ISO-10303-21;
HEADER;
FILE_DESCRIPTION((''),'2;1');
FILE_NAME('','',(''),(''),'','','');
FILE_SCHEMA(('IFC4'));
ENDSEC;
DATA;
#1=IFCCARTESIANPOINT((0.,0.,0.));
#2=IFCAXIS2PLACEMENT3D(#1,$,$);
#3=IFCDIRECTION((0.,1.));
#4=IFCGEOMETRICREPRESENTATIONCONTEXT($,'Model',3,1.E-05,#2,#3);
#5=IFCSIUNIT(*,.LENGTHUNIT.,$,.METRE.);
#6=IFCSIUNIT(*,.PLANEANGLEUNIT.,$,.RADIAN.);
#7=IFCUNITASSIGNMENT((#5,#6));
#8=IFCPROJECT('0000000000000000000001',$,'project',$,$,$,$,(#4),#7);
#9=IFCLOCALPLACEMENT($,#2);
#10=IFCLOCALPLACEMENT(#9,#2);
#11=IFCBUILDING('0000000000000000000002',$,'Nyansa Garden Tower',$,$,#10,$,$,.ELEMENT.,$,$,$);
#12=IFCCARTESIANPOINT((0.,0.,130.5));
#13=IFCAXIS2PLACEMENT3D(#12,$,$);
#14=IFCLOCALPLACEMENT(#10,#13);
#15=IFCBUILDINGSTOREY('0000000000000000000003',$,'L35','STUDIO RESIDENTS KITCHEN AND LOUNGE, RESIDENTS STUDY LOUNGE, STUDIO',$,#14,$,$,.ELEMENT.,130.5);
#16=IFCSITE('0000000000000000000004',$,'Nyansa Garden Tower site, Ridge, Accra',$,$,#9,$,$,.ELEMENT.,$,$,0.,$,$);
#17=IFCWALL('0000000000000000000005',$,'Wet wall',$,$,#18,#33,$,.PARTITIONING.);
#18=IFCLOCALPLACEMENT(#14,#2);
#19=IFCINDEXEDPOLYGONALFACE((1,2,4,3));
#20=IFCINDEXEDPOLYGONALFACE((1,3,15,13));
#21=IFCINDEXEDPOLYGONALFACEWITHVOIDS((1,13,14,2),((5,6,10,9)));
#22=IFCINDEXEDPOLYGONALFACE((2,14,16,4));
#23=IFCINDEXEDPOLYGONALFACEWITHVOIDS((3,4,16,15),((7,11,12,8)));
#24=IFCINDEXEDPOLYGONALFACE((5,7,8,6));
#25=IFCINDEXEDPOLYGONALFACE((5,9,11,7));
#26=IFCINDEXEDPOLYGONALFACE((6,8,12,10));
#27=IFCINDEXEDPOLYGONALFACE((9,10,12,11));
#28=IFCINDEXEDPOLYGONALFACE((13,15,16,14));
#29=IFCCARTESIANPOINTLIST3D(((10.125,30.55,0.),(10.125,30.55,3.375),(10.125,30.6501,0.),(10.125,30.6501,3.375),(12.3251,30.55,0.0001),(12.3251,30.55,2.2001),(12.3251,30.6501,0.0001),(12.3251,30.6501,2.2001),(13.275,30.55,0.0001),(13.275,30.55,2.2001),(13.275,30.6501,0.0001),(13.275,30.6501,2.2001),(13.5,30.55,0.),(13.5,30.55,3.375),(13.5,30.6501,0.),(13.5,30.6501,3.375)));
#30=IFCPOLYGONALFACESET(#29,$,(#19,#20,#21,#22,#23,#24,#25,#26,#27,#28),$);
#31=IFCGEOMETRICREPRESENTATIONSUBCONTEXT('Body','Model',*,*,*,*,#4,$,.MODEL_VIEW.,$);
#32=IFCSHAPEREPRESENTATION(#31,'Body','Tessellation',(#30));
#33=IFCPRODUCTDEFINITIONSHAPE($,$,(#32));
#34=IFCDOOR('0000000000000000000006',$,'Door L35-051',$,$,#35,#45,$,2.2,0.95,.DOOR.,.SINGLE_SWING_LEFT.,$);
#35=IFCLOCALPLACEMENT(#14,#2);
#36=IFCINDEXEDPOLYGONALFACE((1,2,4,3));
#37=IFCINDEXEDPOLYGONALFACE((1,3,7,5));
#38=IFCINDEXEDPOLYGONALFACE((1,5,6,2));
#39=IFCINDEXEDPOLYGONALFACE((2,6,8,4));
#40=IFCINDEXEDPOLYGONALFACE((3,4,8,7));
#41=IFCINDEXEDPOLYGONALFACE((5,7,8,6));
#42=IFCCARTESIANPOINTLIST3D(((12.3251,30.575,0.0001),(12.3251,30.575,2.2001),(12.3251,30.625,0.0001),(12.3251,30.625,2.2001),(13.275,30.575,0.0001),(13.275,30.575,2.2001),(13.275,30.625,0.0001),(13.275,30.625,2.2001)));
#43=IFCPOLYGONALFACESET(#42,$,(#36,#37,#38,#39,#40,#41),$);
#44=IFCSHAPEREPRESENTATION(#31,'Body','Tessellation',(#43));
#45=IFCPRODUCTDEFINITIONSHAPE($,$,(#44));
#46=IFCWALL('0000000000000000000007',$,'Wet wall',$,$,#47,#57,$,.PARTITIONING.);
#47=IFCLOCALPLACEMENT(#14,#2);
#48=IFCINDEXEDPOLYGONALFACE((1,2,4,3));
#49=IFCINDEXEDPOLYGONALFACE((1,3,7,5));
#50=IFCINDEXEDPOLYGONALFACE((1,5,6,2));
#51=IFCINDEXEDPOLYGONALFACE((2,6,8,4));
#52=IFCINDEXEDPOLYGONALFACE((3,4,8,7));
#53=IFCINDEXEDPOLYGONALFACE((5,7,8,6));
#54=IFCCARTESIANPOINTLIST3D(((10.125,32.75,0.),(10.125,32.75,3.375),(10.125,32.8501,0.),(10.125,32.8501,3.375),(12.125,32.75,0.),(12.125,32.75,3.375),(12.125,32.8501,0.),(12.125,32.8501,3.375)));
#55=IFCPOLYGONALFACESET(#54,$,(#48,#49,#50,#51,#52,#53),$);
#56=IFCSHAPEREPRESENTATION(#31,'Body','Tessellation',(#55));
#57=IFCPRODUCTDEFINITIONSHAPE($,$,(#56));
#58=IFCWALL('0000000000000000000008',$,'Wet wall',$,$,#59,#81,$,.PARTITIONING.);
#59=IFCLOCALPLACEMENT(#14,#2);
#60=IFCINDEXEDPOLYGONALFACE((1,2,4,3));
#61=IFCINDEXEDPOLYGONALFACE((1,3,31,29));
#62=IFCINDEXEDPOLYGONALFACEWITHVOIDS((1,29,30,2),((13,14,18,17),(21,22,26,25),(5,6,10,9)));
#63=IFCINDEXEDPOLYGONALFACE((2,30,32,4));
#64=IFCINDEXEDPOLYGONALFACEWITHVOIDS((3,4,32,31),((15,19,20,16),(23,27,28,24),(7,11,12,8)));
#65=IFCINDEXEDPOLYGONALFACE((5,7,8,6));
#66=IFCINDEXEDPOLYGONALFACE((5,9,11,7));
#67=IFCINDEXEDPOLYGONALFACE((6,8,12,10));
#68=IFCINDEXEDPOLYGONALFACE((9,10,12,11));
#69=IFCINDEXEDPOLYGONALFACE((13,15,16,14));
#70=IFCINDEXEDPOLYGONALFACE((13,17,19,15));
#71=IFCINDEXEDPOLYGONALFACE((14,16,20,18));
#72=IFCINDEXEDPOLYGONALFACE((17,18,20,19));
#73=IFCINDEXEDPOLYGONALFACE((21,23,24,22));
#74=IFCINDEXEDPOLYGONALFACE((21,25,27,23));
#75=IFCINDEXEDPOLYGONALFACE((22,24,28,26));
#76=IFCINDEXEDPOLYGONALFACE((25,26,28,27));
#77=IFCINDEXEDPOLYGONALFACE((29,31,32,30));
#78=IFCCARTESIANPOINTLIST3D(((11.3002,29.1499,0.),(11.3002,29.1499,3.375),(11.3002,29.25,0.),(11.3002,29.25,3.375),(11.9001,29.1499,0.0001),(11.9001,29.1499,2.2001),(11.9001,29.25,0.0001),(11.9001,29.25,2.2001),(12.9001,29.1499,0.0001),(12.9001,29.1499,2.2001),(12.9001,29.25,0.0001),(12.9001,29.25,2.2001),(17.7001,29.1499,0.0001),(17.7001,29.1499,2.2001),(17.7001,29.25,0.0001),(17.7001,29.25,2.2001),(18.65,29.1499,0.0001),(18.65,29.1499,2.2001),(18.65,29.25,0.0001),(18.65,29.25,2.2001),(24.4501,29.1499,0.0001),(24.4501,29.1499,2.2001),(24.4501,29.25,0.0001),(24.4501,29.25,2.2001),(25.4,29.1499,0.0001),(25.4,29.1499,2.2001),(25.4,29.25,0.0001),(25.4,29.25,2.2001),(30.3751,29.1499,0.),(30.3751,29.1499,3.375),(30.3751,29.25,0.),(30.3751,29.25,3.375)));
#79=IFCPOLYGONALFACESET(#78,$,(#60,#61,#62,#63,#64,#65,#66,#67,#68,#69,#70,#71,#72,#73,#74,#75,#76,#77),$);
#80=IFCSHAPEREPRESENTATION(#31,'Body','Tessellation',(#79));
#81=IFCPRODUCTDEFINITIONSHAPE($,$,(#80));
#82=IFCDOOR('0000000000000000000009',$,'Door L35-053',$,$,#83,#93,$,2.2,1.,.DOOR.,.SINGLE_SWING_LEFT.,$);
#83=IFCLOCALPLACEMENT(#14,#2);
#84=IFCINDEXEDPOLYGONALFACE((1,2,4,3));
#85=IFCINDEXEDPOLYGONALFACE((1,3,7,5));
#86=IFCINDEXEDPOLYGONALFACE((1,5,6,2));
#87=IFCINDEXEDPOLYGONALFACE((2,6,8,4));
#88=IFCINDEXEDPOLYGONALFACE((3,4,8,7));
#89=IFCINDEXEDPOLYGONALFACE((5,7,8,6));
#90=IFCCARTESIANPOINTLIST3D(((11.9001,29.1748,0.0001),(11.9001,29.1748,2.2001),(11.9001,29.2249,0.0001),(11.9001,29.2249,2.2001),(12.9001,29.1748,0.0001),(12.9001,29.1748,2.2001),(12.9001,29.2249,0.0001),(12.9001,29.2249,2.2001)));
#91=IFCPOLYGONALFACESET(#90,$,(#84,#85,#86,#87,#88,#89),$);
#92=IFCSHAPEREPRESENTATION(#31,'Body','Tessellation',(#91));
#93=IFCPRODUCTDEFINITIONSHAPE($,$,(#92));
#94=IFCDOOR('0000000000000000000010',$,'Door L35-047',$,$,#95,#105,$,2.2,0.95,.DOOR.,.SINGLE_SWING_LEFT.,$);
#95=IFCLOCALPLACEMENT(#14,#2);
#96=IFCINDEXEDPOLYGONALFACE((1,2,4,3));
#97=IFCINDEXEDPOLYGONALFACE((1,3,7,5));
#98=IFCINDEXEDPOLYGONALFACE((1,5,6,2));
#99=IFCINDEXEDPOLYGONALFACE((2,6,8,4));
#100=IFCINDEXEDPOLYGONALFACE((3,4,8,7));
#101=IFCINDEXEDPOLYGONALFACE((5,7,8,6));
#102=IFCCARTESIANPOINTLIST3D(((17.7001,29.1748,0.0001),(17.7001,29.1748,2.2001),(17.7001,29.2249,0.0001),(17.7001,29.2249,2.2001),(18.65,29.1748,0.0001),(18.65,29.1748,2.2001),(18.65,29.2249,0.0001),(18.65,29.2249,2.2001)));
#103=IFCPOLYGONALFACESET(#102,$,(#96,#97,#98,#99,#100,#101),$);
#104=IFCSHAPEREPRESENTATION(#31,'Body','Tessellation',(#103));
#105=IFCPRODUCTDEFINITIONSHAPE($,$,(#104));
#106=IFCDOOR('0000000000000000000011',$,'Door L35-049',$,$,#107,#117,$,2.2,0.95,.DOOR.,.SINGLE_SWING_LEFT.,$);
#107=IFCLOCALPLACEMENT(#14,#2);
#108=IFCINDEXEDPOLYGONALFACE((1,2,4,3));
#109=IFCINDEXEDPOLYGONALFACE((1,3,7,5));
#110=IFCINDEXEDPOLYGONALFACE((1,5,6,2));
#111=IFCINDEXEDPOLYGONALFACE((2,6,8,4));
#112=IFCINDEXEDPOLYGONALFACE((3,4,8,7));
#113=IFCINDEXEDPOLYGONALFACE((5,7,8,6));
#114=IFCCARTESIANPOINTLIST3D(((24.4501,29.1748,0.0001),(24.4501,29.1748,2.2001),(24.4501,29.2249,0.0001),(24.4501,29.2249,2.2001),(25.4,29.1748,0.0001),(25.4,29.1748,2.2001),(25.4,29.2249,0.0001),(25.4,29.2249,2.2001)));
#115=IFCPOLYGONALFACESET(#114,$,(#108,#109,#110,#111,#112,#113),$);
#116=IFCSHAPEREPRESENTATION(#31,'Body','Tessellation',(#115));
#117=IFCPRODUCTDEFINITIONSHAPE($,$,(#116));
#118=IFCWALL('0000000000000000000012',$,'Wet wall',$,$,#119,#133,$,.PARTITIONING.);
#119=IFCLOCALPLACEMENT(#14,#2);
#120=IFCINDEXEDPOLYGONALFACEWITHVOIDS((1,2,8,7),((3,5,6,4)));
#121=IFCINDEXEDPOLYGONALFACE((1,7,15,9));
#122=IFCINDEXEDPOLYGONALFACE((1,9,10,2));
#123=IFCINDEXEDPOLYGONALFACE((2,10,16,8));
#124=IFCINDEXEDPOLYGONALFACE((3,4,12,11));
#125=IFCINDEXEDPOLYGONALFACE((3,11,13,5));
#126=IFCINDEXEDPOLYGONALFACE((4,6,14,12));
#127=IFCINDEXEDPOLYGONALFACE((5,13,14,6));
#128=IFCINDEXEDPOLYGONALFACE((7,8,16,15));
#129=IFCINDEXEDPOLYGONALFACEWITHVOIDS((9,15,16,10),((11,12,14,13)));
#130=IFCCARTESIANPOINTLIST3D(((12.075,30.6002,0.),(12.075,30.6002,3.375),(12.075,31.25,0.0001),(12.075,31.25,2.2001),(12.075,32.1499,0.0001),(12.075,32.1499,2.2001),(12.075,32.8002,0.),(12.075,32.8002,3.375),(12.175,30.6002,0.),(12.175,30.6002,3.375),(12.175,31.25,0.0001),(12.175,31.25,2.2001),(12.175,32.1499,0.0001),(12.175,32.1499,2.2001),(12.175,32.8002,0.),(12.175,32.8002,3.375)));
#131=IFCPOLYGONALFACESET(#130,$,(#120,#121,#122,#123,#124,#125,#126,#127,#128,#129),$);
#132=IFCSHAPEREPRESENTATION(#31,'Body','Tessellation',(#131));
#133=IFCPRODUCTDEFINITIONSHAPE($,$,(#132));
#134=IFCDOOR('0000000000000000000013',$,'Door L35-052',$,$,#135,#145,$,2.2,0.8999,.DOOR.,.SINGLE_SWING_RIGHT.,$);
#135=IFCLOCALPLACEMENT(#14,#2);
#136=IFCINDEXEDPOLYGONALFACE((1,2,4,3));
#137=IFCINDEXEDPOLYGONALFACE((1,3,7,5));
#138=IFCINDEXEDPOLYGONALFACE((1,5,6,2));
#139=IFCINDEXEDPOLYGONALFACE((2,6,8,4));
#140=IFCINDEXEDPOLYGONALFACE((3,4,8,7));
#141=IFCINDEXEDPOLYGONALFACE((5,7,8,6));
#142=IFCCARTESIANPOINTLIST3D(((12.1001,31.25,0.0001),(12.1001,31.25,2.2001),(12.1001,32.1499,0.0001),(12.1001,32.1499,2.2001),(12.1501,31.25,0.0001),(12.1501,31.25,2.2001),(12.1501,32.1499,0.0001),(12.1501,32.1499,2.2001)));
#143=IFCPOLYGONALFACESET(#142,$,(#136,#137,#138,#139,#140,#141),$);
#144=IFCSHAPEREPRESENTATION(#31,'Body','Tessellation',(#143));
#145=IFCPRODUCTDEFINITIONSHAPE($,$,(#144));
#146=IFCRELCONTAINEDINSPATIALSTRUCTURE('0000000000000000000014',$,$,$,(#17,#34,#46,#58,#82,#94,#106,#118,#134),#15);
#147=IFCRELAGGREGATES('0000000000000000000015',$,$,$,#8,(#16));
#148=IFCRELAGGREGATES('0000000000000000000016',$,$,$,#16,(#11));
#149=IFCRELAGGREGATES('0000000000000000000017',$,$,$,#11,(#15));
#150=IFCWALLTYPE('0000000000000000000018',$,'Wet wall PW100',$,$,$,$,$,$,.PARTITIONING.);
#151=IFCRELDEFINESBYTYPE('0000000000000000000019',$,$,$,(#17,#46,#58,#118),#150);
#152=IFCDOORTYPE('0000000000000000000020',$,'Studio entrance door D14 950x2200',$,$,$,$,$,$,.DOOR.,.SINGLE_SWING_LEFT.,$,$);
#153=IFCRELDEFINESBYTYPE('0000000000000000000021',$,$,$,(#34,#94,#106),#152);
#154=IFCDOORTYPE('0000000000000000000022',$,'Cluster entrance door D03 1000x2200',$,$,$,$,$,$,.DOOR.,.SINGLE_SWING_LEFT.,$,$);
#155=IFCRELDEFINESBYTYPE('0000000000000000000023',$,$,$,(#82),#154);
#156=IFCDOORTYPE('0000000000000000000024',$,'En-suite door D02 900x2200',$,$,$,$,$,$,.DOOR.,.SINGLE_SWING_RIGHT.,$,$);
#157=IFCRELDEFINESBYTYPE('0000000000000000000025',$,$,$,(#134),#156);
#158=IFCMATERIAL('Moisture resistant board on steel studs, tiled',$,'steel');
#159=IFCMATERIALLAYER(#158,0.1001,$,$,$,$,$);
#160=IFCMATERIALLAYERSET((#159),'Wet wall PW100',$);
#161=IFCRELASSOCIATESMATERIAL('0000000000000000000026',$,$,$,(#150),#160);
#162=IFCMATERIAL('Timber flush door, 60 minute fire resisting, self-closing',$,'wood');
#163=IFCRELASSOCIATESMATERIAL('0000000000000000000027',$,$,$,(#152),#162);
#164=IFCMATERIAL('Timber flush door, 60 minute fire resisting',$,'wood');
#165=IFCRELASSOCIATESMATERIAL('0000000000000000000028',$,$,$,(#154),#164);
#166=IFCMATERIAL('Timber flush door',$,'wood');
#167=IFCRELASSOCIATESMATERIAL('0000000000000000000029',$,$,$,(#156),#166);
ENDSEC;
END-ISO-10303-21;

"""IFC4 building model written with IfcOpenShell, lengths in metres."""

from ifc_helpers import new_model, si_unit, direction, frame, frame_2d, origin, place, context, subcontext, project, spatial, rectangle, extrude, material, layer, layer_set, type_object, element, fill, save


model = new_model("IFC4")

# Units and contexts
model_context = context("Model", 3, precision=1e-05, world=origin(), true_north=direction((0.0, 1.0)))
body_context = subcontext(model_context, "Body", "Model", "MODEL_VIEW")
ifc_project = project(units=[si_unit("LENGTHUNIT", "METRE"), si_unit("PLANEANGLEUNIT", "RADIAN")], contexts=[model_context])

# Site, building, storey
site_placement = place(None, origin())
site = spatial("IfcSite", under=ifc_project, at=site_placement, Name="Nyansa Garden Tower site, Ridge, Accra", CompositionType="ELEMENT", RefElevation=0.0)
building_placement = place(site_placement, origin())
building = spatial("IfcBuilding", under=site, at=building_placement, Name="Nyansa Garden Tower", CompositionType="ELEMENT")
storey_placement = place(building_placement, frame((0.0, 0.0, 130.5)))
storey = spatial("IfcBuildingStorey", under=building, at=storey_placement, Name="L35", Description="STUDIO RESIDENTS KITCHEN AND LOUNGE, RESIDENTS STUDY LOUNGE, STUDIO", CompositionType="ELEMENT", Elevation=130.5)

# Shared definitions
ifc_material_1 = material(Name="Moisture resistant board on steel studs, tiled", Category="steel")
ifc_layer_1 = layer(ifc_material_1, 0.1001)
ifc_layer_set_1 = layer_set([ifc_layer_1], Name="Wet wall PW100")
wall_type = type_object("IfcWallType", Name="Wet wall PW100", PredefinedType="PARTITIONING", material=ifc_layer_set_1)

# Wall, opening, door
wall_1_placement = place(storey_placement, frame((10.125, 30.6001, 0.0), z_axis=(0.0, 0.0, 1.0), x_axis=(1.0, 0.0, 0.0)))
wall_1 = element("IfcWall", 1, at=wall_1_placement, inside=storey, type_object=wall_type, Name="Wet wall", PredefinedType="PARTITIONING", context=body_context, shape_type="SweptSolid", body=[
    extrude(rectangle(XDim=3.375, YDim=0.1001, at=frame_2d((1.6875, 0.0))), origin(), (0.0, 0.0, 1.0), 3.375),
])
opening_1_placement = place(wall_1_placement, frame((2.2, 0.0, 0.0)))
opening_1 = element("IfcOpeningElement", 2, at=opening_1_placement, cuts=wall_1, PredefinedType="OPENING", context=body_context, shape_type="SweptSolid", body=[
    extrude(rectangle(XDim=0.95, YDim=2.2, at=frame_2d((0.4751, 1.1001))), frame((0.0, 0.0601, 0.0), z_axis=(0.0, -1.0, 0.0), x_axis=(1.0, 0.0, 0.0)), (0.0, 0.0, 1.0), 0.1201),
])
ifc_material_2 = material(Name="Timber flush door, 60 minute fire resisting, self-closing", Category="wood")
door_type_1 = type_object("IfcDoorType", Name="Studio entrance door D14 950x2200", OperationType="SINGLE_SWING_LEFT", PredefinedType="DOOR", material=ifc_material_2)
door_1_placement = place(opening_1_placement, origin())
door_1 = element("IfcDoor", 3, at=door_1_placement, inside=storey, type_object=door_type_1, Name="Door L35-051", OperationType="SINGLE_SWING_LEFT", OverallHeight=2.2, OverallWidth=0.95, PredefinedType="DOOR", context=body_context, shape_type="SweptSolid", body=[
    extrude(rectangle(XDim=0.95, YDim=2.2, at=frame_2d((0.4751, 1.1001))), frame((0.0, 0.0249, 0.0), z_axis=(0.0, -1.0, 0.0), x_axis=(1.0, 0.0, 0.0)), (0.0, 0.0, 1.0), 0.05),
])
fill(opening_1, door_1)

# Wall
wall_2_placement = place(storey_placement, frame((10.125, 32.8, 0.0), z_axis=(0.0, 0.0, 1.0), x_axis=(1.0, 0.0, 0.0)))
element("IfcWall", 4, at=wall_2_placement, inside=storey, type_object=wall_type, Name="Wet wall", PredefinedType="PARTITIONING", context=body_context, shape_type="SweptSolid", body=[
    extrude(rectangle(XDim=2.0, YDim=0.1001, at=frame_2d((1.0, 0.0))), origin(), (0.0, 0.0, 1.0), 3.375),
])

# Wall, openings, doors
wall_3_placement = place(storey_placement, frame((11.3, 29.2, 0.0), z_axis=(0.0, 0.0, 1.0), x_axis=(1.0, 0.0, 0.0)))
wall_3 = element("IfcWall", 5, at=wall_3_placement, inside=storey, type_object=wall_type, Name="Wet wall", PredefinedType="PARTITIONING", context=body_context, shape_type="SweptSolid", body=[
    extrude(rectangle(XDim=19.075, YDim=0.1001, at=frame_2d((9.5376, 0.0))), origin(), (0.0, 0.0, 1.0), 3.375),
])
opening_2_placement = place(wall_3_placement, frame((6.3999, 0.0, 0.0)))
opening_2 = element("IfcOpeningElement", 6, at=opening_2_placement, cuts=wall_3, PredefinedType="OPENING", context=body_context, shape_type="SweptSolid", body=[
    extrude(rectangle(XDim=0.95, YDim=2.2, at=frame_2d((0.4751, 1.1001))), frame((0.0, 0.0601, 0.0), z_axis=(0.0, -1.0, 0.0), x_axis=(1.0, 0.0, 0.0)), (0.0, 0.0, 1.0), 0.1201),
])
opening_3_placement = place(wall_3_placement, frame((13.1499, 0.0, 0.0)))
opening_3 = element("IfcOpeningElement", 7, at=opening_3_placement, cuts=wall_3, PredefinedType="OPENING", context=body_context, shape_type="SweptSolid", body=[
    extrude(rectangle(XDim=0.95, YDim=2.2, at=frame_2d((0.4751, 1.1001))), frame((0.0, 0.0601, 0.0), z_axis=(0.0, -1.0, 0.0), x_axis=(1.0, 0.0, 0.0)), (0.0, 0.0, 1.0), 0.1201),
])
opening_4_placement = place(wall_3_placement, frame((0.6001, 0.0, 0.0)))
opening_4 = element("IfcOpeningElement", 8, at=opening_4_placement, cuts=wall_3, PredefinedType="OPENING", context=body_context, shape_type="SweptSolid", body=[
    extrude(rectangle(XDim=1.0, YDim=2.2, at=frame_2d((0.5, 1.1001))), frame((0.0, 0.0601, 0.0), z_axis=(0.0, -1.0, 0.0), x_axis=(1.0, 0.0, 0.0)), (0.0, 0.0, 1.0), 0.1201),
])
ifc_material_3 = material(Name="Timber flush door, 60 minute fire resisting", Category="wood")
door_type_2 = type_object("IfcDoorType", Name="Cluster entrance door D03 1000x2200", OperationType="SINGLE_SWING_LEFT", PredefinedType="DOOR", material=ifc_material_3)
door_2_placement = place(opening_4_placement, origin())
door_2 = element("IfcDoor", 9, at=door_2_placement, inside=storey, type_object=door_type_2, Name="Door L35-053", OperationType="SINGLE_SWING_LEFT", OverallHeight=2.2, OverallWidth=1.0, PredefinedType="DOOR", context=body_context, shape_type="SweptSolid", body=[
    extrude(rectangle(XDim=1.0, YDim=2.2, at=frame_2d((0.5, 1.1001))), frame((0.0, 0.0249, 0.0), z_axis=(0.0, -1.0, 0.0), x_axis=(1.0, 0.0, 0.0)), (0.0, 0.0, 1.0), 0.05),
])
fill(opening_4, door_2)
door_3_placement = place(opening_2_placement, origin())
door_3 = element("IfcDoor", 10, at=door_3_placement, inside=storey, type_object=door_type_1, Name="Door L35-047", OperationType="SINGLE_SWING_LEFT", OverallHeight=2.2, OverallWidth=0.95, PredefinedType="DOOR", context=body_context, shape_type="SweptSolid", body=[
    extrude(rectangle(XDim=0.95, YDim=2.2, at=frame_2d((0.4751, 1.1001))), frame((0.0, 0.0249, 0.0), z_axis=(0.0, -1.0, 0.0), x_axis=(1.0, 0.0, 0.0)), (0.0, 0.0, 1.0), 0.05),
])
fill(opening_2, door_3)
door_4_placement = place(opening_3_placement, origin())
door_4 = element("IfcDoor", 11, at=door_4_placement, inside=storey, type_object=door_type_1, Name="Door L35-049", OperationType="SINGLE_SWING_LEFT", OverallHeight=2.2, OverallWidth=0.95, PredefinedType="DOOR", context=body_context, shape_type="SweptSolid", body=[
    extrude(rectangle(XDim=0.95, YDim=2.2, at=frame_2d((0.4751, 1.1001))), frame((0.0, 0.0249, 0.0), z_axis=(0.0, -1.0, 0.0), x_axis=(1.0, 0.0, 0.0)), (0.0, 0.0, 1.0), 0.05),
])
fill(opening_3, door_4)

# Wall, opening, door
wall_4_placement = place(storey_placement, frame((12.125, 30.6001, 0.0), z_axis=(0.0, 0.0, 1.0), x_axis=(0.0, 1.0, 0.0)))
wall_4 = element("IfcWall", 12, at=wall_4_placement, inside=storey, type_object=wall_type, Name="Wet wall", PredefinedType="PARTITIONING", context=body_context, shape_type="SweptSolid", body=[
    extrude(rectangle(XDim=2.2, YDim=0.1001, at=frame_2d((1.1001, 0.0))), origin(), (0.0, 0.0, 1.0), 3.375),
])
opening_5_placement = place(wall_4_placement, frame((0.6499, 0.0, 0.0)))
opening_5 = element("IfcOpeningElement", 13, at=opening_5_placement, cuts=wall_4, PredefinedType="OPENING", context=body_context, shape_type="SweptSolid", body=[
    extrude(rectangle(XDim=0.8999, YDim=2.2, at=frame_2d((0.45, 1.1001))), frame((0.0, 0.0601, 0.0), z_axis=(0.0, -1.0, 0.0), x_axis=(1.0, 0.0, 0.0)), (0.0, 0.0, 1.0), 0.1201),
])
ifc_material_4 = material(Name="Timber flush door", Category="wood")
door_type_3 = type_object("IfcDoorType", Name="En-suite door D02 900x2200", OperationType="SINGLE_SWING_RIGHT", PredefinedType="DOOR", material=ifc_material_4)
door_5_placement = place(opening_5_placement, origin())
door_5 = element("IfcDoor", 14, at=door_5_placement, inside=storey, type_object=door_type_3, Name="Door L35-052", OperationType="SINGLE_SWING_RIGHT", OverallHeight=2.2, OverallWidth=0.8999, PredefinedType="DOOR", context=body_context, shape_type="SweptSolid", body=[
    extrude(rectangle(XDim=0.8999, YDim=2.2, at=frame_2d((0.45, 1.1001))), frame((0.0, 0.0249, 0.0), z_axis=(0.0, -1.0, 0.0), x_axis=(1.0, 0.0, 0.0)), (0.0, 0.0, 1.0), 0.05),
])
fill(opening_5, door_5)

save(model, "model.ifc")
